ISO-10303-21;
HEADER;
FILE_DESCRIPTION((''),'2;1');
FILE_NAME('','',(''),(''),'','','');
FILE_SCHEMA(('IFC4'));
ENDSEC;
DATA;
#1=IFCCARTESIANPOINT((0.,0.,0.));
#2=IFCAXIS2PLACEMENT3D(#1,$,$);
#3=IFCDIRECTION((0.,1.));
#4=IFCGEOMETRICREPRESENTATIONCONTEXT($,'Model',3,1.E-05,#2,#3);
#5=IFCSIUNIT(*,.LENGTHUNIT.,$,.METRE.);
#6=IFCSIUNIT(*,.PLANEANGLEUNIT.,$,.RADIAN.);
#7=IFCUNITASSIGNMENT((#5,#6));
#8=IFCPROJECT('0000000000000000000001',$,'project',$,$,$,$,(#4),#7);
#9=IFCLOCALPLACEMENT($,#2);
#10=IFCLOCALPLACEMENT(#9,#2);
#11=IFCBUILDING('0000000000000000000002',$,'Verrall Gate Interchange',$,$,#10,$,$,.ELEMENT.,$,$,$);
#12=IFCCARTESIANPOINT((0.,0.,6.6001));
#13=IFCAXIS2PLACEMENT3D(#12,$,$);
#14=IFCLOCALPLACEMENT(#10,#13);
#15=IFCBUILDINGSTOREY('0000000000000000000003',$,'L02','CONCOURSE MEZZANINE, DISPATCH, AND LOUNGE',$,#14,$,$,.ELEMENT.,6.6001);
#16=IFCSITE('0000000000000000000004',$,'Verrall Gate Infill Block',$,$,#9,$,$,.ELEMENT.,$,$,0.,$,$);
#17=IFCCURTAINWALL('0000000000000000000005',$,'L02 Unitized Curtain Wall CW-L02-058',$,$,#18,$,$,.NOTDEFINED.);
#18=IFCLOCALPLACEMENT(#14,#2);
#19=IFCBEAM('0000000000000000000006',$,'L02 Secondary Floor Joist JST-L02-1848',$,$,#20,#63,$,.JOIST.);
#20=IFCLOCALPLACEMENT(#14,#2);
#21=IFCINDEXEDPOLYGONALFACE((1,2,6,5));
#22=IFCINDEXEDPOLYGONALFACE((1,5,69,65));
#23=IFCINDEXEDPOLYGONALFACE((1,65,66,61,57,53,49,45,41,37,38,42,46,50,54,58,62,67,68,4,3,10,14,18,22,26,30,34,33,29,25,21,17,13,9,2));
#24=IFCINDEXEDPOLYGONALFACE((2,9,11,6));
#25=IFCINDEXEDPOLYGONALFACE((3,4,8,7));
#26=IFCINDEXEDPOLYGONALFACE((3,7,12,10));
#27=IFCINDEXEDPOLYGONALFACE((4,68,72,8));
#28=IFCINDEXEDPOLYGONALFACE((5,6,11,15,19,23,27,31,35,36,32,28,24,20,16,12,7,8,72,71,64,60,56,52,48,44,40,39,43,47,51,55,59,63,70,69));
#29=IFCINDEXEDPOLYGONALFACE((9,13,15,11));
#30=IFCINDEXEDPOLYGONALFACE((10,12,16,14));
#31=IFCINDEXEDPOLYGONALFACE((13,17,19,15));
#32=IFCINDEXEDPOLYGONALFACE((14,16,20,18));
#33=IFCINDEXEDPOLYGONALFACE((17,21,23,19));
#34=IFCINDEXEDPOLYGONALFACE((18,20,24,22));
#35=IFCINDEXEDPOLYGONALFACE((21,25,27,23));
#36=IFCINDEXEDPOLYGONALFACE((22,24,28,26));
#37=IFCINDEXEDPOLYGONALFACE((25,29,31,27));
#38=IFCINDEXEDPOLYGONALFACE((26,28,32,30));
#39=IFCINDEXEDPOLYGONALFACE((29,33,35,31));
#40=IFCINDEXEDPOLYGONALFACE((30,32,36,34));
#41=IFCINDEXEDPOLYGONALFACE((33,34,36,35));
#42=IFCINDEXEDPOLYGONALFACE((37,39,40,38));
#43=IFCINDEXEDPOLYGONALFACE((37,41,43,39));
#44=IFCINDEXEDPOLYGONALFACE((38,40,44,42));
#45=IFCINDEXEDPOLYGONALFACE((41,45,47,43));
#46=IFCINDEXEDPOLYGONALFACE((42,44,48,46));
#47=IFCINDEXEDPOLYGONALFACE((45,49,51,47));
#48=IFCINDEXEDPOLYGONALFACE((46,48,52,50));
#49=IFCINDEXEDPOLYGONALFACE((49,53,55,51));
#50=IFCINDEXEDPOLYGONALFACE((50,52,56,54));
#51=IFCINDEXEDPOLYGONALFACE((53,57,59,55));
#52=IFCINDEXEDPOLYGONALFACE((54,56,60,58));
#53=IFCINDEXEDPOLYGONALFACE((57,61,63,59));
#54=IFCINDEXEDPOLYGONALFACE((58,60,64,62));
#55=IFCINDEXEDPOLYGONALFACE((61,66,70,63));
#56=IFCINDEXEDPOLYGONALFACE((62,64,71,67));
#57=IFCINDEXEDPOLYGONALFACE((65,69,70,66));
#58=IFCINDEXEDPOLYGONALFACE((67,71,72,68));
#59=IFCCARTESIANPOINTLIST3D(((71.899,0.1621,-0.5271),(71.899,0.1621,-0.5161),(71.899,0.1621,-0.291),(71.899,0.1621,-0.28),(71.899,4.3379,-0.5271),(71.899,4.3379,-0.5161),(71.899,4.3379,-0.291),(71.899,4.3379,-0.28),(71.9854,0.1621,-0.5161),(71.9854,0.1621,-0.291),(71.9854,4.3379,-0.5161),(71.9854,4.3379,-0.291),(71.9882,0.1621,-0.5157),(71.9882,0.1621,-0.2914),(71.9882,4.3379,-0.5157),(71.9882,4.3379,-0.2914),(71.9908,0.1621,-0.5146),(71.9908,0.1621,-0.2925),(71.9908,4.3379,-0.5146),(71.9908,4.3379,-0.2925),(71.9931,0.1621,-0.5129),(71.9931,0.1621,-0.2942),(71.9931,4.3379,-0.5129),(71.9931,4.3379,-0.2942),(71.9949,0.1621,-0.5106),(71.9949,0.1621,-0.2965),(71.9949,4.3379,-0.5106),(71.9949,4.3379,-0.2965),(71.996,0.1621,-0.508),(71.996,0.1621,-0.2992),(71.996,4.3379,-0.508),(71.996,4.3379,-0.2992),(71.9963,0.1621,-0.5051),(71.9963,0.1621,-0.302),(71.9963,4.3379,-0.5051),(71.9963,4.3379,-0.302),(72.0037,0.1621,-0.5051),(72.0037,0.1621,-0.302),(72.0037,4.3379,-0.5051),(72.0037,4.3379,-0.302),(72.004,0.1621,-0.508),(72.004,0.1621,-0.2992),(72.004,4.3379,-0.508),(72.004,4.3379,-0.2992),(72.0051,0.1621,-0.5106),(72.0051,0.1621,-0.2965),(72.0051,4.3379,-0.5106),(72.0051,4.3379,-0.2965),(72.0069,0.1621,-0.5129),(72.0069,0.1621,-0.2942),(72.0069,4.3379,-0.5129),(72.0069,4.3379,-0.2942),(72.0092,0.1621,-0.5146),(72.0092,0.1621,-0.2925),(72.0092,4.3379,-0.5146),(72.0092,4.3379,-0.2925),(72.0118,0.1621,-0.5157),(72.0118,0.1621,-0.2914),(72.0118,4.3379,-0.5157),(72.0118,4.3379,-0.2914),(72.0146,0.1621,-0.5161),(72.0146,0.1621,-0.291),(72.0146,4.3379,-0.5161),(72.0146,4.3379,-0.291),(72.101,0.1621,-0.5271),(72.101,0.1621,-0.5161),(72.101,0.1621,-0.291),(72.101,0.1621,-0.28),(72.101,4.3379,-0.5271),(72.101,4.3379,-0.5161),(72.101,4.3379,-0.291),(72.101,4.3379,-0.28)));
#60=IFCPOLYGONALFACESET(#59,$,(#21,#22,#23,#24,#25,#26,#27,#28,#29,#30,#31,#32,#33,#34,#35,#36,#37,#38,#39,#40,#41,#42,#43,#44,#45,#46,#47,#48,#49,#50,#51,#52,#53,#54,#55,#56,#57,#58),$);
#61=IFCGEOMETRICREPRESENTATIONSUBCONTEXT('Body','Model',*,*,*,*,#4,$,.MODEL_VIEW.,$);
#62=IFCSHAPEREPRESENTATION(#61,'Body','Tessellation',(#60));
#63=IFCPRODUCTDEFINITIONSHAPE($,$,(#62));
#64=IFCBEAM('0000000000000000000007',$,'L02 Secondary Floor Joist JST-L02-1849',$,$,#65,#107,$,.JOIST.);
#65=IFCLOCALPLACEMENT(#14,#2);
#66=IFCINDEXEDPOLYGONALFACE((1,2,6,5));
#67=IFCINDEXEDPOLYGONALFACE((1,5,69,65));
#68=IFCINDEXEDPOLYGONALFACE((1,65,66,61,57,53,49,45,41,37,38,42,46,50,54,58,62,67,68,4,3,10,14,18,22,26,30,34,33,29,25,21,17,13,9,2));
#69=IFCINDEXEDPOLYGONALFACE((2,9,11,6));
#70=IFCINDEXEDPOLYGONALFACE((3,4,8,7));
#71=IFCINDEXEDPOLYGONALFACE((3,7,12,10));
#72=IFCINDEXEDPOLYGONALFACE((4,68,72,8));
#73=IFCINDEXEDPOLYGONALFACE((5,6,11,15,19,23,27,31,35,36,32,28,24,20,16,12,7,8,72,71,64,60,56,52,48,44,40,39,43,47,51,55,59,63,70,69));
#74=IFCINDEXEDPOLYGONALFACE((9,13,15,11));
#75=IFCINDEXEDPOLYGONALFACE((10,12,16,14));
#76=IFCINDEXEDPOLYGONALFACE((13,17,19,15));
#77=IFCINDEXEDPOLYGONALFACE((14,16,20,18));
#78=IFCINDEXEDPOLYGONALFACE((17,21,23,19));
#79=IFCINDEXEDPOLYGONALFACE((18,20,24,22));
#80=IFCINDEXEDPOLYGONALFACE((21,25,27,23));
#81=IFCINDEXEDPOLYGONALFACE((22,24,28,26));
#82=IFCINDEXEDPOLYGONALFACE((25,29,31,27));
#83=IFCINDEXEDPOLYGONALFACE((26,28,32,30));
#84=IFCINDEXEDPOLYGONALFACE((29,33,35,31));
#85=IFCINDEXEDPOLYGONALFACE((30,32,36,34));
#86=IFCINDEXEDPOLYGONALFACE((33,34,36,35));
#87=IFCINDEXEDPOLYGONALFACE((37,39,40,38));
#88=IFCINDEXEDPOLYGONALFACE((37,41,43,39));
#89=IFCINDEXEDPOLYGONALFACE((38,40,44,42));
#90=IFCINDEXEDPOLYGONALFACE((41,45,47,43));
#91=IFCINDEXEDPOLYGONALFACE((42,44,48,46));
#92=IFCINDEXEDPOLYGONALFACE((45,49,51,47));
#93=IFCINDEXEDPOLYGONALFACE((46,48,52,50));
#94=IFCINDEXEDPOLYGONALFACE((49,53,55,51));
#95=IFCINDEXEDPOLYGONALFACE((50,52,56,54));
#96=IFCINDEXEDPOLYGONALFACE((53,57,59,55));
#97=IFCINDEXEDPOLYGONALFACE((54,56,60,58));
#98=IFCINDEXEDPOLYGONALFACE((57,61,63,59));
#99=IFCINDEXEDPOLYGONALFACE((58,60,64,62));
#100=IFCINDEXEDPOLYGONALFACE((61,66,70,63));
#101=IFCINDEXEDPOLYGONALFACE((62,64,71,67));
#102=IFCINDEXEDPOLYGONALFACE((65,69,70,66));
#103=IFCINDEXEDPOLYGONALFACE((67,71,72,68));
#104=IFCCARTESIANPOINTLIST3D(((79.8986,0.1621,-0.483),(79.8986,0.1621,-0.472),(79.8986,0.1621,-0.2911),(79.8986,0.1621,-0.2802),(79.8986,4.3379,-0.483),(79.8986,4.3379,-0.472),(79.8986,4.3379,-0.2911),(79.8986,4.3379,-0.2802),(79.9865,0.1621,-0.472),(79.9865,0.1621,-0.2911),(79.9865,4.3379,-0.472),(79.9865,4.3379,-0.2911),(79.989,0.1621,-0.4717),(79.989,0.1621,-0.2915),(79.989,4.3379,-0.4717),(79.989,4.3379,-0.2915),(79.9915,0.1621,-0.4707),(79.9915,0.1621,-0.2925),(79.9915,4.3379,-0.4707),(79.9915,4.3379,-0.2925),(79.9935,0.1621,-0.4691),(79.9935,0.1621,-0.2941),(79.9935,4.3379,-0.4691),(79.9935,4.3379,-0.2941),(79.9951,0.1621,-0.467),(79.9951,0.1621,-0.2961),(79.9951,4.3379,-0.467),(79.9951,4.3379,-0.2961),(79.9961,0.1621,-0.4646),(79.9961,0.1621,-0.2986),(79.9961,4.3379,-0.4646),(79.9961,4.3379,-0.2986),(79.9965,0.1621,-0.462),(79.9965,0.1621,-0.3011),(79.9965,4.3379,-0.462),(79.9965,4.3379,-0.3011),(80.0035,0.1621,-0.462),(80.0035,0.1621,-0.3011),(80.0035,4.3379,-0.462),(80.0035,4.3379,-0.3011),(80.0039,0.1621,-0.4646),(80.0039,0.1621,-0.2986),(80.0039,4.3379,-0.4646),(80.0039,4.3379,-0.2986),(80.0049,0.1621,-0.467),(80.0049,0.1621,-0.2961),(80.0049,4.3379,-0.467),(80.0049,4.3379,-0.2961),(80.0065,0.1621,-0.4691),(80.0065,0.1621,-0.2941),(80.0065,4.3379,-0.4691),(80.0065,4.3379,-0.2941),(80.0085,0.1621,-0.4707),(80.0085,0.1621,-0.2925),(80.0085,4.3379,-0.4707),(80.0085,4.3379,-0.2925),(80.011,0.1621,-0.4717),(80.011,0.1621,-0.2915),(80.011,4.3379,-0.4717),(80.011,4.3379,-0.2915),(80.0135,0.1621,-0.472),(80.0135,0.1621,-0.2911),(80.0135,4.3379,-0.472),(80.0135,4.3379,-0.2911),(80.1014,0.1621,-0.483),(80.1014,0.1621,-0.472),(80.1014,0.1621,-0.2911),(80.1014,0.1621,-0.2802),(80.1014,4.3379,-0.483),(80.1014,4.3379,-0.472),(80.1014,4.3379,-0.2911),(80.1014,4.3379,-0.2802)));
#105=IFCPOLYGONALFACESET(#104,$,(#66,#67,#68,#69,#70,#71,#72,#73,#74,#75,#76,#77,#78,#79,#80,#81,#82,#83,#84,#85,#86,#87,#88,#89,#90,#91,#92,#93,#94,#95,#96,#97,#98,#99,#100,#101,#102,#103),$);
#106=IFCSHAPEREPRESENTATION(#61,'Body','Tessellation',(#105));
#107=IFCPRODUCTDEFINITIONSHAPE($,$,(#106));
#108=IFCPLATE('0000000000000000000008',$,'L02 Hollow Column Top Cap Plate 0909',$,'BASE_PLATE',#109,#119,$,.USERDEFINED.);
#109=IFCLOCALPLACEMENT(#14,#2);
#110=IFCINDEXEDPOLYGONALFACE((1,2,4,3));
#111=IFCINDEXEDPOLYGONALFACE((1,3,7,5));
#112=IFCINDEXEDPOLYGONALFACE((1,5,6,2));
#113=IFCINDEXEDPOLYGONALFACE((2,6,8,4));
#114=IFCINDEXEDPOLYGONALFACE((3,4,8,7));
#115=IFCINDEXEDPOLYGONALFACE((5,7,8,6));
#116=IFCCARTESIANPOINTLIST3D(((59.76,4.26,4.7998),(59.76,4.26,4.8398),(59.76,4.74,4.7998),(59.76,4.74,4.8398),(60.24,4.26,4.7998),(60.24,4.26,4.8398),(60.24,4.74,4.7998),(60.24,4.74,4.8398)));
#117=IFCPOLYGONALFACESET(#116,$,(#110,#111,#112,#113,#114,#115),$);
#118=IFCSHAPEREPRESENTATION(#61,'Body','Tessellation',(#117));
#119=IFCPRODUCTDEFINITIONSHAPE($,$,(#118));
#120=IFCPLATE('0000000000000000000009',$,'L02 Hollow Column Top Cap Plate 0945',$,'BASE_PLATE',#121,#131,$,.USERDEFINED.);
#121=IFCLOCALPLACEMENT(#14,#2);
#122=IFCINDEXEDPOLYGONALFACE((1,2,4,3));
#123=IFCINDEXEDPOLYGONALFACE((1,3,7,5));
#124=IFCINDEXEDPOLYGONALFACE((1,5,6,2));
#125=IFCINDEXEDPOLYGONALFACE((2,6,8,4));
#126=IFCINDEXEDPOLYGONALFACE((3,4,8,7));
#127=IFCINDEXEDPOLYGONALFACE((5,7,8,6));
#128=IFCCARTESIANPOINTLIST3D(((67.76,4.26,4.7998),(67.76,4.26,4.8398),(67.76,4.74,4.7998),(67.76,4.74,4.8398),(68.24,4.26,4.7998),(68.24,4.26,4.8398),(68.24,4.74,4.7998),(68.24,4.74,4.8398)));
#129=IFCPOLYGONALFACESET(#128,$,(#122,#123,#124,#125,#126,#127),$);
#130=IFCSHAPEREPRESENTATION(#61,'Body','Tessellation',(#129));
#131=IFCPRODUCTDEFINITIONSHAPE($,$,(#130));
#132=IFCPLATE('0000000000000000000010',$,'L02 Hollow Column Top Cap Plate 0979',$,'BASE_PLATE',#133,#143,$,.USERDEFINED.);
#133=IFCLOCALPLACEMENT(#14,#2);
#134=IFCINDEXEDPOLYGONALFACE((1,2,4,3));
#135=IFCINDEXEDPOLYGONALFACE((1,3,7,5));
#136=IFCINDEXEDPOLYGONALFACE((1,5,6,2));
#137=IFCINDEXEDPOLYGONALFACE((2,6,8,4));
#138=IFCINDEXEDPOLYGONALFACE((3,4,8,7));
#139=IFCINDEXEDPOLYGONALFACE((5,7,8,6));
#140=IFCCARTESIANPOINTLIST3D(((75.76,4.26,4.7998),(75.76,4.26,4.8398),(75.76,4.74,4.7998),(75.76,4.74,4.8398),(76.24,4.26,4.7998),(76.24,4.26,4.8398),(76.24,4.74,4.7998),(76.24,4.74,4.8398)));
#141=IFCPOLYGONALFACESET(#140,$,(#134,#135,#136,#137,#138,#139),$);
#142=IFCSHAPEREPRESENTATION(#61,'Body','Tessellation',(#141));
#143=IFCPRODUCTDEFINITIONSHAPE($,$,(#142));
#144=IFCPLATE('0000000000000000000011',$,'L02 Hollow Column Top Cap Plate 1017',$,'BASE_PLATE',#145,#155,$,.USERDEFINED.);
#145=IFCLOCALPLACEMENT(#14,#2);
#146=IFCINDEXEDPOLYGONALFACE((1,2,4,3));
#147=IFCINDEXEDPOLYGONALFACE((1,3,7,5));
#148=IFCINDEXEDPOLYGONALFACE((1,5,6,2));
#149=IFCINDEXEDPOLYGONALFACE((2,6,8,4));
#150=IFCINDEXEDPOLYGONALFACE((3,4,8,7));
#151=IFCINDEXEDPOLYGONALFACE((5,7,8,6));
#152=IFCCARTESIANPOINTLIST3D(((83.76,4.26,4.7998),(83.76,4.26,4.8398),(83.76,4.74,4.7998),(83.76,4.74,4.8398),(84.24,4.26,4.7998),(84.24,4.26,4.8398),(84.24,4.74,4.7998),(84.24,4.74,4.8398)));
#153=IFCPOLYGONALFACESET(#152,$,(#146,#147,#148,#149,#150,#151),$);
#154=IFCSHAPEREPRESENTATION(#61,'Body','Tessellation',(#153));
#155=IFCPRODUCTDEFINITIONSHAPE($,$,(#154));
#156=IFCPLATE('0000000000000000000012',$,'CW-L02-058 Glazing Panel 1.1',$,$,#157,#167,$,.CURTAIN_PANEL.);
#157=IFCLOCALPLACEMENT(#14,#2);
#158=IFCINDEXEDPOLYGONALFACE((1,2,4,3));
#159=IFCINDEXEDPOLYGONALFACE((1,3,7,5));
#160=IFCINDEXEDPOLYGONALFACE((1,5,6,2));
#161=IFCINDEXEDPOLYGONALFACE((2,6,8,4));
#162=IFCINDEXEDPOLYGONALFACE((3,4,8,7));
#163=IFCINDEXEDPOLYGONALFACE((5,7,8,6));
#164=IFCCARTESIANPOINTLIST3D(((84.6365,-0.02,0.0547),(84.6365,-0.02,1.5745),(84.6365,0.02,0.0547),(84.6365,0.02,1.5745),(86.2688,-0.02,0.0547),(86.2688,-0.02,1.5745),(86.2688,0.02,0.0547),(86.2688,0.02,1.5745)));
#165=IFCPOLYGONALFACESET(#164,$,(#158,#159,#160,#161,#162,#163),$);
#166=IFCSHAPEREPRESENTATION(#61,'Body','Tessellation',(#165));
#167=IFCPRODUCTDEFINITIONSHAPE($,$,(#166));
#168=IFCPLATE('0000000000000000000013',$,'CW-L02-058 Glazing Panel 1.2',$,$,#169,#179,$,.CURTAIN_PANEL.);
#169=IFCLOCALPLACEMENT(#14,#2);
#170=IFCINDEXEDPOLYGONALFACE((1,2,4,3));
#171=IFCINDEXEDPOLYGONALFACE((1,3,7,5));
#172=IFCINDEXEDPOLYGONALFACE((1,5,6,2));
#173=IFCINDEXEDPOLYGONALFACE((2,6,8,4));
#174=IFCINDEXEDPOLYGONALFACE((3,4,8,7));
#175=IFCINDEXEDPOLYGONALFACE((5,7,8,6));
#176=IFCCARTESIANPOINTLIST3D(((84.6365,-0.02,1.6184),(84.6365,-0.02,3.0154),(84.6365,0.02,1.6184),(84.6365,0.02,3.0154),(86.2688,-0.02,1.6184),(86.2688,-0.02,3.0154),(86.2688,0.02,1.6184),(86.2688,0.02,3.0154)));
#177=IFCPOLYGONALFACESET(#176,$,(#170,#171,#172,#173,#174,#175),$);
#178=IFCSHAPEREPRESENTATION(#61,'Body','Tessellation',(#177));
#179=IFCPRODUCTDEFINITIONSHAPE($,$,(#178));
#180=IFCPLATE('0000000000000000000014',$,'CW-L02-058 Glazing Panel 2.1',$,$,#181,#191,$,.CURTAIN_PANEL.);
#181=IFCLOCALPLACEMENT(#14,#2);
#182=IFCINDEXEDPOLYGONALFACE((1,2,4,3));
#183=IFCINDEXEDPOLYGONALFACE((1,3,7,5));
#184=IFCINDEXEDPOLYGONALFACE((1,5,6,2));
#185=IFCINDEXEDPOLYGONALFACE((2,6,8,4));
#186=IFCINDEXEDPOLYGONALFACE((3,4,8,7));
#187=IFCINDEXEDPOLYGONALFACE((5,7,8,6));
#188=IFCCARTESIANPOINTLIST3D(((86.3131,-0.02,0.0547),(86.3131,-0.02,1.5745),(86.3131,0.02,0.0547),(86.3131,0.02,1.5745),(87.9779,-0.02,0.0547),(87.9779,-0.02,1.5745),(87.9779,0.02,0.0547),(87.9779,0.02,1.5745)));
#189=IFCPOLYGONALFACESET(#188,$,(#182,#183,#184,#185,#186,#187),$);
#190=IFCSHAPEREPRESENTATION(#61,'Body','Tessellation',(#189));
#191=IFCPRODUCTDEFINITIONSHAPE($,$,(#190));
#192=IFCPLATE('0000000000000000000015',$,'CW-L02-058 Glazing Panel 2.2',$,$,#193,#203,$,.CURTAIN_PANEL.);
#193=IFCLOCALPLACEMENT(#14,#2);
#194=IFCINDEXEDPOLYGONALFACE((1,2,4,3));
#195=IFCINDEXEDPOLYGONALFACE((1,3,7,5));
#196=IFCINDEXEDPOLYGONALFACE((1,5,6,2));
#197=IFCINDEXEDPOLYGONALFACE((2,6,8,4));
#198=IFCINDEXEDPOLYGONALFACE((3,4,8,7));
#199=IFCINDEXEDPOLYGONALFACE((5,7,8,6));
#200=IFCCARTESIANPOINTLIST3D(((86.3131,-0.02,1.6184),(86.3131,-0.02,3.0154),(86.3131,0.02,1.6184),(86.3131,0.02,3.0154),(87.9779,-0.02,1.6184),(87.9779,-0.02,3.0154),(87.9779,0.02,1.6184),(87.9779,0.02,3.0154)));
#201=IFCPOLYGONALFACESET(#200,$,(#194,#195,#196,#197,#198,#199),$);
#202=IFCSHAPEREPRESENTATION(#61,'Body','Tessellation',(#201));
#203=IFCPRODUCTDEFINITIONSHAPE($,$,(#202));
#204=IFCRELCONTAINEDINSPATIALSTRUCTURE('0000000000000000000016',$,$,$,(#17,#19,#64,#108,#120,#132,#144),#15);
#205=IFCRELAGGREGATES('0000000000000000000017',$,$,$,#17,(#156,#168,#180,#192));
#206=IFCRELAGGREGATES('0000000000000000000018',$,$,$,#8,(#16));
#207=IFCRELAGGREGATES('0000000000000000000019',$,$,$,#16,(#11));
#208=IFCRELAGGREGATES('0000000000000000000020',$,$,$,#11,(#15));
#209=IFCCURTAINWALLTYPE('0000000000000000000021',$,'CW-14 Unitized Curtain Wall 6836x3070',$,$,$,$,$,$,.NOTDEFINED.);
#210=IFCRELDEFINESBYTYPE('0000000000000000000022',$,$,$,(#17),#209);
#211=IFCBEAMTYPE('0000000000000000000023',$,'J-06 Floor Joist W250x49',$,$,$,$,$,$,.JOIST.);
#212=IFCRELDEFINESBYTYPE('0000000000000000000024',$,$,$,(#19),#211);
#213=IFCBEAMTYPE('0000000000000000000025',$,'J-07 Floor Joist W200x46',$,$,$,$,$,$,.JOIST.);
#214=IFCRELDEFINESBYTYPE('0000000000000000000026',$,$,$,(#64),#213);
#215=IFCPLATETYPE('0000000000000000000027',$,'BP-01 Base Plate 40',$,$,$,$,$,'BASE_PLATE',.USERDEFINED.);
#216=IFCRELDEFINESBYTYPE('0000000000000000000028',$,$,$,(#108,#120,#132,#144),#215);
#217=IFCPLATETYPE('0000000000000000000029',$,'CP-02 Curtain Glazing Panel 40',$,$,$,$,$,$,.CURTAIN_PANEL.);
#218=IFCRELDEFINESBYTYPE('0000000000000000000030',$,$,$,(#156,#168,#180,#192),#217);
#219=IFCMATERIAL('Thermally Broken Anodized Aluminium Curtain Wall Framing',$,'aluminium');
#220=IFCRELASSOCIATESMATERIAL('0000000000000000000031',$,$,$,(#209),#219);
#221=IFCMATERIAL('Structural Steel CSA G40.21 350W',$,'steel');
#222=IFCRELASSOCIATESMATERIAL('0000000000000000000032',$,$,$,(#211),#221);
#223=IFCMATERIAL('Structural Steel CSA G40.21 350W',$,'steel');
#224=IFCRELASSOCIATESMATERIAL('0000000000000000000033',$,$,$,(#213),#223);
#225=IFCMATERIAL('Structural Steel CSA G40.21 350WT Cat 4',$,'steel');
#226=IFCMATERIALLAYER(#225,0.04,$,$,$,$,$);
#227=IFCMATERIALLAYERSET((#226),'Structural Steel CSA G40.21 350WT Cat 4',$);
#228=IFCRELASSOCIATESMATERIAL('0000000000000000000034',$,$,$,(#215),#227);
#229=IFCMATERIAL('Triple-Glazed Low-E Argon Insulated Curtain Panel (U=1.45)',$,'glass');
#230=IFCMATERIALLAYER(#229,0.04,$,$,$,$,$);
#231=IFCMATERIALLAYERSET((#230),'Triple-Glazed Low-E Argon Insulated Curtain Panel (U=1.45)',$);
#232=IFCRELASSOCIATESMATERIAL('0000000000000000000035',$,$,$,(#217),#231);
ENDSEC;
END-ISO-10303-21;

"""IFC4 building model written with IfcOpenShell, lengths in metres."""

from ifc_helpers import new_model, si_unit, direction, frame, origin, origin_2d, place, context, subcontext, project, spatial, rectangle, i_section, extrude, material, layer, layer_set, material_profile, profile_set, type_object, element, aggregate, save


model = new_model("IFC4")

# Units and contexts
model_context = context("Model", 3, precision=1e-05, world=origin(), true_north=direction((0.0, 1.0)))
body_context = subcontext(model_context, "Body", "Model", "MODEL_VIEW")
ifc_project = project(units=[si_unit("LENGTHUNIT", "METRE"), si_unit("PLANEANGLEUNIT", "RADIAN")], contexts=[model_context])

# Site, building, storey
site_placement = place(None, origin())
site = spatial("IfcSite", under=ifc_project, at=site_placement, Name="Verrall Gate Infill Block", CompositionType="ELEMENT", RefElevation=0.0)
building_placement = place(site_placement, origin())
building = spatial("IfcBuilding", under=site, at=building_placement, Name="Verrall Gate Interchange", CompositionType="ELEMENT")
storey_placement = place(building_placement, frame((0.0, 0.0, 6.6001)))
storey = spatial("IfcBuildingStorey", under=building, at=storey_placement, Name="L02", Description="CONCOURSE MEZZANINE, DISPATCH, AND LOUNGE", CompositionType="ELEMENT", Elevation=6.6001)

# Curtain wall
ifc_material_1 = material(Name="Thermally Broken Anodized Aluminium Curtain Wall Framing", Category="aluminium")
curtain_wall_type = type_object("IfcCurtainWallType", Name="CW-14 Unitized Curtain Wall 6836x3070", PredefinedType="NOTDEFINED", material=ifc_material_1)
curtain_wall_placement = place(storey_placement, origin())
curtain_wall = element("IfcCurtainWall", 1, at=curtain_wall_placement, inside=storey, type_object=curtain_wall_type, Name="L02 Unitized Curtain Wall CW-L02-058", PredefinedType="NOTDEFINED")

# Beams
ifc_material_2 = material(Name="Structural Steel CSA G40.21 350W", Category="steel")
ifc_material_profile_1 = material_profile(ifc_material_2, i_section(OverallWidth=0.2019, OverallDepth=0.2471, WebThickness=0.0073, FlangeThickness=0.011, FilletRadius=0.011, at=origin_2d()), Name="W250x49")
ifc_profile_set_1 = profile_set([ifc_material_profile_1], Name="Structural Steel CSA G40.21 350W")
beam_type_1 = type_object("IfcBeamType", Name="J-06 Floor Joist W250x49", PredefinedType="JOIST", material=ifc_profile_set_1)
beam_1_placement = place(storey_placement, frame((72.0, 0.1621, -0.4036), z_axis=(0.0, 1.0, 0.0), x_axis=(-1.0, 0.0, 0.0)))
element("IfcBeam", 2, at=beam_1_placement, inside=storey, type_object=beam_type_1, Name="L02 Secondary Floor Joist JST-L02-1848", PredefinedType="JOIST", context=body_context, shape_type="SweptSolid", body=[
    extrude(i_section(OverallWidth=0.2019, OverallDepth=0.2471, WebThickness=0.0073, FlangeThickness=0.011, FilletRadius=0.011, at=origin_2d()), origin(), (0.0, 0.0, 1.0), 4.1758),
])
ifc_material_3 = material(Name="Structural Steel CSA G40.21 350W", Category="steel")
ifc_material_profile_2 = material_profile(ifc_material_3, i_section(OverallWidth=0.2029, OverallDepth=0.2029, WebThickness=0.0071, FlangeThickness=0.011, FilletRadius=0.01, at=origin_2d()), Name="W200x46")
ifc_profile_set_2 = profile_set([ifc_material_profile_2], Name="Structural Steel CSA G40.21 350W")
beam_type_2 = type_object("IfcBeamType", Name="J-07 Floor Joist W200x46", PredefinedType="JOIST", material=ifc_profile_set_2)
beam_2_placement = place(storey_placement, frame((80.0, 0.1621, -0.3816), z_axis=(0.0, 1.0, 0.0), x_axis=(-1.0, 0.0, 0.0)))
element("IfcBeam", 3, at=beam_2_placement, inside=storey, type_object=beam_type_2, Name="L02 Secondary Floor Joist JST-L02-1849", PredefinedType="JOIST", context=body_context, shape_type="SweptSolid", body=[
    extrude(i_section(OverallWidth=0.2029, OverallDepth=0.2029, WebThickness=0.0071, FlangeThickness=0.011, FilletRadius=0.01, at=origin_2d()), origin(), (0.0, 0.0, 1.0), 4.1758),
])

# Plates
ifc_material_4 = material(Name="Structural Steel CSA G40.21 350WT Cat 4", Category="steel")
ifc_layer_1 = layer(ifc_material_4, 0.04)
ifc_layer_set_1 = layer_set([ifc_layer_1], Name="Structural Steel CSA G40.21 350WT Cat 4")
plate_type_1 = type_object("IfcPlateType", Name="BP-01 Base Plate 40", ElementType="BASE_PLATE", PredefinedType="USERDEFINED", material=ifc_layer_set_1)
for number, where, z_axis, x_axis, name in (
    (4, (60.0, 4.5, 4.7998), (0.0, 0.0, 1.0), (1.0, 0.0, 0.0), "L02 Hollow Column Top Cap Plate 0909"),
    (5, (68.0, 4.5, 4.7998), (0.0, 0.0, 1.0), (1.0, 0.0, 0.0), "L02 Hollow Column Top Cap Plate 0945"),
    (6, (76.0, 4.5, 4.7998), (0.0, 0.0, 1.0), (1.0, 0.0, 0.0), "L02 Hollow Column Top Cap Plate 0979"),
    (7, (84.0, 4.5, 4.7998), (0.0, 0.0, 1.0), (1.0, 0.0, 0.0), "L02 Hollow Column Top Cap Plate 1017"),
):
    element("IfcPlate", number, at=place(storey_placement, frame(where, z_axis=z_axis, x_axis=x_axis)), inside=storey, type_object=plate_type_1, Name=name, ObjectType="BASE_PLATE", PredefinedType="USERDEFINED", context=body_context, shape_type="SweptSolid", body=[
        extrude(rectangle(XDim=0.48, YDim=0.48, at=origin_2d()), origin(), (0.0, 0.0, 1.0), 0.04),
    ])

# Plates
ifc_material_5 = material(Name="Triple-Glazed Low-E Argon Insulated Curtain Panel (U=1.45)", Category="glass")
ifc_layer_2 = layer(ifc_material_5, 0.04)
ifc_layer_set_2 = layer_set([ifc_layer_2], Name="Triple-Glazed Low-E Argon Insulated Curtain Panel (U=1.45)")
plate_type_2 = type_object("IfcPlateType", Name="CP-02 Curtain Glazing Panel 40", PredefinedType="CURTAIN_PANEL", material=ifc_layer_set_2)
plate_1_placement = place(storey_placement, frame((85.4526, 0.0, 0.0547), z_axis=(0.0, 0.0, 1.0), x_axis=(1.0, 0.0, 0.0)))
plate_1 = element("IfcPlate", 8, at=plate_1_placement, type_object=plate_type_2, Name="CW-L02-058 Glazing Panel 1.1", PredefinedType="CURTAIN_PANEL", context=body_context, shape_type="SweptSolid", body=[
    extrude(rectangle(XDim=1.6323, YDim=0.04, at=origin_2d()), origin(), (0.0, 0.0, 1.0), 1.5198),
])
plate_2_placement = place(storey_placement, frame((85.4526, 0.0, 1.6184), z_axis=(0.0, 0.0, 1.0), x_axis=(1.0, 0.0, 0.0)))
plate_2 = element("IfcPlate", 9, at=plate_2_placement, type_object=plate_type_2, Name="CW-L02-058 Glazing Panel 1.2", PredefinedType="CURTAIN_PANEL", context=body_context, shape_type="SweptSolid", body=[
    extrude(rectangle(XDim=1.6323, YDim=0.04, at=origin_2d()), origin(), (0.0, 0.0, 1.0), 1.397),
])
plate_3_placement = place(storey_placement, frame((87.1455, 0.0, 0.0547), z_axis=(0.0, 0.0, 1.0), x_axis=(1.0, 0.0, 0.0)))
plate_3 = element("IfcPlate", 10, at=plate_3_placement, type_object=plate_type_2, Name="CW-L02-058 Glazing Panel 2.1", PredefinedType="CURTAIN_PANEL", context=body_context, shape_type="SweptSolid", body=[
    extrude(rectangle(XDim=1.6648, YDim=0.04, at=origin_2d()), origin(), (0.0, 0.0, 1.0), 1.5198),
])
plate_4_placement = place(storey_placement, frame((87.1455, 0.0, 1.6184), z_axis=(0.0, 0.0, 1.0), x_axis=(1.0, 0.0, 0.0)))
plate_4 = element("IfcPlate", 11, at=plate_4_placement, type_object=plate_type_2, Name="CW-L02-058 Glazing Panel 2.2", PredefinedType="CURTAIN_PANEL", context=body_context, shape_type="SweptSolid", body=[
    extrude(rectangle(XDim=1.6648, YDim=0.04, at=origin_2d()), origin(), (0.0, 0.0, 1.0), 1.397),
])
aggregate(curtain_wall, [plate_1, plate_2, plate_3, plate_4])

save(model, "model.ifc")
